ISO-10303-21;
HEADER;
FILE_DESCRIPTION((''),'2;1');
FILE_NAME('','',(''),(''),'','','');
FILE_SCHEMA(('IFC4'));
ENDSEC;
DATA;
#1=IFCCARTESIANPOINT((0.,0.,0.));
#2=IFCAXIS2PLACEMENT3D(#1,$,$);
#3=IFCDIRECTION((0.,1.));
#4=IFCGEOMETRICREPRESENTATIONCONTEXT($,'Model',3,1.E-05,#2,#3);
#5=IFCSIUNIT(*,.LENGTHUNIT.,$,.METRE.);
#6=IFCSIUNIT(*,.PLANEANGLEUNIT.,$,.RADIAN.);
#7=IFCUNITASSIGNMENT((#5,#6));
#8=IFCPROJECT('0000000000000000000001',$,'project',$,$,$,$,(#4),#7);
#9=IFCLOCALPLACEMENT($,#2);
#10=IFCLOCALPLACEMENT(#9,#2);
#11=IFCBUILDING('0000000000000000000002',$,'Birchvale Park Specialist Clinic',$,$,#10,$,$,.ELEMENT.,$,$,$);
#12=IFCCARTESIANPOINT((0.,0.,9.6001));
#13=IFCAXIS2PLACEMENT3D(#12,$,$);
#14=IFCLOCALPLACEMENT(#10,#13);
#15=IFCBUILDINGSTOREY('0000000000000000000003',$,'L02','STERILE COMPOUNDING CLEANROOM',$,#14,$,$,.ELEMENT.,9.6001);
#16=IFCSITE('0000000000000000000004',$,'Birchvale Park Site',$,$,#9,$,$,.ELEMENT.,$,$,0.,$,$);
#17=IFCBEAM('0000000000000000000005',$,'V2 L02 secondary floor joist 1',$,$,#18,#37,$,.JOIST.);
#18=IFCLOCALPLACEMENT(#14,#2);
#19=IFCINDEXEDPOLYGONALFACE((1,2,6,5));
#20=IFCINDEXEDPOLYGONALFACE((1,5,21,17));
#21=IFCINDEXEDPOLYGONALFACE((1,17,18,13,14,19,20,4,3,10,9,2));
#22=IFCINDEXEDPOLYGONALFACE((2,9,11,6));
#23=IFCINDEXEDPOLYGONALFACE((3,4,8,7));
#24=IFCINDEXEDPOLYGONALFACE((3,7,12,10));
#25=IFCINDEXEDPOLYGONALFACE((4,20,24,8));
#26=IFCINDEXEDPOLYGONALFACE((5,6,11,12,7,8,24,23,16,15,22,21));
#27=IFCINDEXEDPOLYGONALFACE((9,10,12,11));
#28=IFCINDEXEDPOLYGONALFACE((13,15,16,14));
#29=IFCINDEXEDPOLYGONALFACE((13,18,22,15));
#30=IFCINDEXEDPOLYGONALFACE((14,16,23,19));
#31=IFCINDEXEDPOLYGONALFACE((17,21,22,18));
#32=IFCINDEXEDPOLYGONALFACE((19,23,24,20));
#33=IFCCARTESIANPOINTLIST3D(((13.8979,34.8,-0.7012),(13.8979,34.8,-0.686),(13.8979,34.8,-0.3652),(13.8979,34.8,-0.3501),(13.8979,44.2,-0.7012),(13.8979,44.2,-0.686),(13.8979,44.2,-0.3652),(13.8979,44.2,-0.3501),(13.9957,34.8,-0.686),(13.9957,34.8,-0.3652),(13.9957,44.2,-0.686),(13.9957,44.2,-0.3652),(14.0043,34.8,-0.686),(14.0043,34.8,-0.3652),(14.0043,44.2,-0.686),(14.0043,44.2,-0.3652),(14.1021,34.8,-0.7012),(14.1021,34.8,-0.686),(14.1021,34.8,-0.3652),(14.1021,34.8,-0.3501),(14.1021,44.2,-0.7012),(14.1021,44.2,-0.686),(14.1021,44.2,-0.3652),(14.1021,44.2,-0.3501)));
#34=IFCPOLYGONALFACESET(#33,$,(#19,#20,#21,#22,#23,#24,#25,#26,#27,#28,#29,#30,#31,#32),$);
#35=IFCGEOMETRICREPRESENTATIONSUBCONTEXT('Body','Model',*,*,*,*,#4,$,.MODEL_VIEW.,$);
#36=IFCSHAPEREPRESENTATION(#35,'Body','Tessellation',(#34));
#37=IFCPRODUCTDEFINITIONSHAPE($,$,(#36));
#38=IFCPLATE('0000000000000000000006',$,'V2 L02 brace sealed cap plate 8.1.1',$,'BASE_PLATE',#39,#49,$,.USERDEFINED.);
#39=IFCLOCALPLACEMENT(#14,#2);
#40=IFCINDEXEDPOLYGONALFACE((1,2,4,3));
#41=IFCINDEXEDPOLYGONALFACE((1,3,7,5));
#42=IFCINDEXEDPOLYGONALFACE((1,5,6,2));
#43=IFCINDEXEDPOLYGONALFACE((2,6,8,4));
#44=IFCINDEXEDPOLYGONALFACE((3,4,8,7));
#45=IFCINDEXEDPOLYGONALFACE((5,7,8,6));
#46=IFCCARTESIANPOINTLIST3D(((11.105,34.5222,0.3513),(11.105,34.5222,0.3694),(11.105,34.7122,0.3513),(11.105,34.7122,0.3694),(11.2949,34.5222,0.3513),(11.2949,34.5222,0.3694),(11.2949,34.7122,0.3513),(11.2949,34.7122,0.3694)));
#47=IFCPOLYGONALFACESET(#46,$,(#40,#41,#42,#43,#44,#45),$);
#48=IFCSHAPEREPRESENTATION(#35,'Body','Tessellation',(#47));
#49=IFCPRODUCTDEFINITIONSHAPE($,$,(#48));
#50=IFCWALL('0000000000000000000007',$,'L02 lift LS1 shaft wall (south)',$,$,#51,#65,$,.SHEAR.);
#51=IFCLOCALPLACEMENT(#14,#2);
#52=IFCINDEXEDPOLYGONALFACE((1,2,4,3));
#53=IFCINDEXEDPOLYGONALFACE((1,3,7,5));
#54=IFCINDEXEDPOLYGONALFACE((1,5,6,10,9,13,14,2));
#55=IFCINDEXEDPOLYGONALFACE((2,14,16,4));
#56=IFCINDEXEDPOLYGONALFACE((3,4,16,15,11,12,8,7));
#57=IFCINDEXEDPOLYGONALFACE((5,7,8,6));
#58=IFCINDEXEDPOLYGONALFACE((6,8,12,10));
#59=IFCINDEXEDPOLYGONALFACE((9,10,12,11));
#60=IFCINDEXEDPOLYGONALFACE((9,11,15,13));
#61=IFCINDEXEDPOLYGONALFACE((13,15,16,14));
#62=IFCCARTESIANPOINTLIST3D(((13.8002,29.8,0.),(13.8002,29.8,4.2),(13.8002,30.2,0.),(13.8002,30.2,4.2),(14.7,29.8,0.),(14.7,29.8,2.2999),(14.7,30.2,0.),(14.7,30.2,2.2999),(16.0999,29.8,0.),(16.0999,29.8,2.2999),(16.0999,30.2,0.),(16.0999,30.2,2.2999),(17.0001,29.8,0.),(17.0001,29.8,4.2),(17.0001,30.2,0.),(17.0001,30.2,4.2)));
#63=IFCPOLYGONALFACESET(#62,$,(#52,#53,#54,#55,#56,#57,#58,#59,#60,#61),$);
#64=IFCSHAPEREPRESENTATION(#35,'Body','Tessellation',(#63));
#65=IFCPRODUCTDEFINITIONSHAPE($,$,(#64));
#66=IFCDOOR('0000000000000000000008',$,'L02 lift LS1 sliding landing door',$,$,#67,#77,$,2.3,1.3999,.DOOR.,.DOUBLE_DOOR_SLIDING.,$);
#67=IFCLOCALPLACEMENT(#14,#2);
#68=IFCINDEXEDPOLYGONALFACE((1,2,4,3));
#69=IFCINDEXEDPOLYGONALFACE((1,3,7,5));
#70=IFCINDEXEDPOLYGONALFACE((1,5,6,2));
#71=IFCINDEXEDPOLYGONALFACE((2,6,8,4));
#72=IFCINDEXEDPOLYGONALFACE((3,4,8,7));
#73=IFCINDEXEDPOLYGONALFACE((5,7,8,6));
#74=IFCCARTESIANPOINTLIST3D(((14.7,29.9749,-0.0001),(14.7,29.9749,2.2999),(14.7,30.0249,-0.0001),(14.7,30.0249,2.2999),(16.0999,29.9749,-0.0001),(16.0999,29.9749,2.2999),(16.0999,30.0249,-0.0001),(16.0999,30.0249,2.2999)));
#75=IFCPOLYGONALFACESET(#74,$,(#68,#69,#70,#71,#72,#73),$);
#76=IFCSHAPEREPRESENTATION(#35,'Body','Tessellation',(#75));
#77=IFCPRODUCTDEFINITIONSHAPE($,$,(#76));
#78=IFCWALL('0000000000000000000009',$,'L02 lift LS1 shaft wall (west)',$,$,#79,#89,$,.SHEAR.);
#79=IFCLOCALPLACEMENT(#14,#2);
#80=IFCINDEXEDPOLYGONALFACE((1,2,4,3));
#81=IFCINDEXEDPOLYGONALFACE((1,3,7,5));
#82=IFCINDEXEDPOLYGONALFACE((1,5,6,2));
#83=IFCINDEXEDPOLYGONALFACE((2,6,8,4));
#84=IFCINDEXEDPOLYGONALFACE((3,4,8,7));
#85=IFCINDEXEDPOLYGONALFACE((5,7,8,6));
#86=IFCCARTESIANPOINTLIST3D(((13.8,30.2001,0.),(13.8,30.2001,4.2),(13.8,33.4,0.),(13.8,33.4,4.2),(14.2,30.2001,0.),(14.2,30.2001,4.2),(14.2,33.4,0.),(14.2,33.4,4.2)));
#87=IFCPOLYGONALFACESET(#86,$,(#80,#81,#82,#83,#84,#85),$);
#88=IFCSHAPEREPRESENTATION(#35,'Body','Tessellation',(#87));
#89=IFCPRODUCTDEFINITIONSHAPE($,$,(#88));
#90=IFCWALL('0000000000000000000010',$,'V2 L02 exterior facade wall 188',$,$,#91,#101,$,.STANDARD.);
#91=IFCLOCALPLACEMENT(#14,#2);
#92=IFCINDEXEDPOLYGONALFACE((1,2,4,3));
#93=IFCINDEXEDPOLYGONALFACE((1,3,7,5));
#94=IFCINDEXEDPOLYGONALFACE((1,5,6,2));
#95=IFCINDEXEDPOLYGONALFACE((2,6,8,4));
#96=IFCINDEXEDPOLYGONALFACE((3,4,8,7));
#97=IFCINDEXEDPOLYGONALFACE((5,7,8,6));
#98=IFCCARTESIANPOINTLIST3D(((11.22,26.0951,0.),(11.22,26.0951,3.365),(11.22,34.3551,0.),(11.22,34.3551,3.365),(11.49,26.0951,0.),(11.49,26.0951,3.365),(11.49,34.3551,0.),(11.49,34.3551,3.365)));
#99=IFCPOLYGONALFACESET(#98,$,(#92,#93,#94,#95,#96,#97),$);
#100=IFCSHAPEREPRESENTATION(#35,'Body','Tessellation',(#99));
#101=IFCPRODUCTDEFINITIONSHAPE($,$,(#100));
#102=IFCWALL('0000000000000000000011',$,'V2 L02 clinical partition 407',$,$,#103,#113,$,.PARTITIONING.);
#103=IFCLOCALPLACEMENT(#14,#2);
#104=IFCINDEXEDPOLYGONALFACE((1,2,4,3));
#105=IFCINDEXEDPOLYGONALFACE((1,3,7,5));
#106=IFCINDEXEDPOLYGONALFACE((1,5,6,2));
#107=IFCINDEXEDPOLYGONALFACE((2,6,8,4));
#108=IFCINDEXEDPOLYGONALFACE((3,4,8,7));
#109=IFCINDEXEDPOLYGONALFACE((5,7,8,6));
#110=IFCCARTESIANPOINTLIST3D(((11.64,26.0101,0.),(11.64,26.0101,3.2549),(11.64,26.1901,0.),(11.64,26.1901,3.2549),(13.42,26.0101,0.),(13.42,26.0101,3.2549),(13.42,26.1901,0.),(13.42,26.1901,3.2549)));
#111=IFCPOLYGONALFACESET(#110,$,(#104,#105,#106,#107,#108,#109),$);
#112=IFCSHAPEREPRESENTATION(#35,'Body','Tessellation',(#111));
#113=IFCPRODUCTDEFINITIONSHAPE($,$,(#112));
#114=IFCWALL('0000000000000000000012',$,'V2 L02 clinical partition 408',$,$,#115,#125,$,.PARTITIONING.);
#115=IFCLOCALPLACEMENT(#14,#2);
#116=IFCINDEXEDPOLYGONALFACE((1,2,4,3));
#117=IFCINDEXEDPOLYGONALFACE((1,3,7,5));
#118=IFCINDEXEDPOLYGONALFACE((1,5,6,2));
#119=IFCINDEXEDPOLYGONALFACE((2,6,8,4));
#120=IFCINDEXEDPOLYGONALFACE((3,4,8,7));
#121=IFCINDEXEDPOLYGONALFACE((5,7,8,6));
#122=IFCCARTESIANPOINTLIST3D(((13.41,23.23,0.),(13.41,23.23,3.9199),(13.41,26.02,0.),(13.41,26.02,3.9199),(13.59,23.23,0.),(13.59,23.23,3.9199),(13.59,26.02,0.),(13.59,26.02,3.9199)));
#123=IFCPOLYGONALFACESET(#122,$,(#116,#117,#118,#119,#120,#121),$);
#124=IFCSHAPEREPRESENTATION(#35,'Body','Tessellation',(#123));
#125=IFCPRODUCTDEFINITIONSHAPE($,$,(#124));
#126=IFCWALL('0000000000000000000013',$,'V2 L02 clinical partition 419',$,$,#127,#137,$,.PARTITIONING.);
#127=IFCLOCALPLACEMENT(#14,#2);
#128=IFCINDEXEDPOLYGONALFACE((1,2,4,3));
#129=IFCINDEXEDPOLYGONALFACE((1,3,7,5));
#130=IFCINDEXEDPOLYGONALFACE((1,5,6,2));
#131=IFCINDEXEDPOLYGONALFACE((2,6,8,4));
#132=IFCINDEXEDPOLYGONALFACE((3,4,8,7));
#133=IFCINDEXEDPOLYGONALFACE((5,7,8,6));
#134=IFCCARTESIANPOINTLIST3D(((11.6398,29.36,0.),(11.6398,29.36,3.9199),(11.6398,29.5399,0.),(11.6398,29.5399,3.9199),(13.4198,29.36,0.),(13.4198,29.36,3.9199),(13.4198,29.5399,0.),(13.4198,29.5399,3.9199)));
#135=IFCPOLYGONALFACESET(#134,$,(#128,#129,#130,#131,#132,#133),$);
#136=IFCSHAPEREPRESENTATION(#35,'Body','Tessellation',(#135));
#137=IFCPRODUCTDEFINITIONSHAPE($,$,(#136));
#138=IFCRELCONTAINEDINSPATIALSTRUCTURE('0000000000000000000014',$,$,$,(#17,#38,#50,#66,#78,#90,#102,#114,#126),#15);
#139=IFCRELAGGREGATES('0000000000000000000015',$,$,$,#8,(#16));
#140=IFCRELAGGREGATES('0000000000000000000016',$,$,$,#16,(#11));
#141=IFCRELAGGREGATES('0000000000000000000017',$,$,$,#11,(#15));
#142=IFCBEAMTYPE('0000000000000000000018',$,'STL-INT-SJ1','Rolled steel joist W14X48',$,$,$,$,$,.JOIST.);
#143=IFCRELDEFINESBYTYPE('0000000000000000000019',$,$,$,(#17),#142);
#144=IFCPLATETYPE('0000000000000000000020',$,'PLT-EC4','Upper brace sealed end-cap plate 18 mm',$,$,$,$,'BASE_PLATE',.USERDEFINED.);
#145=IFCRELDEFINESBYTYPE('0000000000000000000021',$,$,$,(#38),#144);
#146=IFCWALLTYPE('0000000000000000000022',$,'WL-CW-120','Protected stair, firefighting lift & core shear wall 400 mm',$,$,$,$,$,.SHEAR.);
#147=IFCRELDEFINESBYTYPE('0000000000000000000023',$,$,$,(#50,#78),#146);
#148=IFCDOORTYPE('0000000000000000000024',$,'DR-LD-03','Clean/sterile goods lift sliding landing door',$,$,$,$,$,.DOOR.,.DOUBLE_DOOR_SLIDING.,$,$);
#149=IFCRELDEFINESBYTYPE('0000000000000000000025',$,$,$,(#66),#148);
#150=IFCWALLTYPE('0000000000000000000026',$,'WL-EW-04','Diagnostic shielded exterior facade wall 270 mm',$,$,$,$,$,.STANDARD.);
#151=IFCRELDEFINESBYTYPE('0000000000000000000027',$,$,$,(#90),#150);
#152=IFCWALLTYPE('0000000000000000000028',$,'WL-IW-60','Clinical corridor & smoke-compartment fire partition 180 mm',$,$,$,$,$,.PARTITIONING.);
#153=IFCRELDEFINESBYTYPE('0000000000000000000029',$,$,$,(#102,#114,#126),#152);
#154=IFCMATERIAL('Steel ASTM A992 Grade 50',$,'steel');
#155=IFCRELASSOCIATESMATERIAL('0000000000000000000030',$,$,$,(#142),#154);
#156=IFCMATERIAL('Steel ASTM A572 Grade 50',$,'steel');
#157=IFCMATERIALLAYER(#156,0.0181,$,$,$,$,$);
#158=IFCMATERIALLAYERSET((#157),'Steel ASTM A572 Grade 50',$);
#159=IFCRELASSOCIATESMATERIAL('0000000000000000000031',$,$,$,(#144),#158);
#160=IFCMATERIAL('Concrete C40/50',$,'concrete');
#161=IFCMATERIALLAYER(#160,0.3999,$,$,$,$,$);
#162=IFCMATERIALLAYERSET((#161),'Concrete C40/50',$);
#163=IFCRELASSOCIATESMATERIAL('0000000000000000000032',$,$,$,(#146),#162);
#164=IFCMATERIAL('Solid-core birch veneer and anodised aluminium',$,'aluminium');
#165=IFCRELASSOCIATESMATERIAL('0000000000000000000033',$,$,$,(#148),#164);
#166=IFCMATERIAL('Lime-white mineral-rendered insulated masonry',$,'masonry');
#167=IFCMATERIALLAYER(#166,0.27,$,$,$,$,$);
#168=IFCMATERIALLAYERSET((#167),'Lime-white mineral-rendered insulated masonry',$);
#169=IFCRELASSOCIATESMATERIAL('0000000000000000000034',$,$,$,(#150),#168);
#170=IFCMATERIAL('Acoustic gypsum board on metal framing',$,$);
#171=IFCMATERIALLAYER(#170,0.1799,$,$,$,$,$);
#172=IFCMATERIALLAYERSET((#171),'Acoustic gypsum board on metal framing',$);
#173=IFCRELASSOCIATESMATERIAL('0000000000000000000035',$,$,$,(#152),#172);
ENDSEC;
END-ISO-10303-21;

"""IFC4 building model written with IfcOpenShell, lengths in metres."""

from ifc_helpers import new_model, si_unit, direction, frame, frame_2d, origin, origin_2d, place, context, subcontext, project, spatial, rectangle, i_section, extrude, material, layer, layer_set, material_profile, profile_set, type_object, element, fill, save


model = new_model("IFC4")

# Units and contexts
model_context = context("Model", 3, precision=1e-05, world=origin(), true_north=direction((0.0, 1.0)))
body_context = subcontext(model_context, "Body", "Model", "MODEL_VIEW")
ifc_project = project(units=[si_unit("LENGTHUNIT", "METRE"), si_unit("PLANEANGLEUNIT", "RADIAN")], contexts=[model_context])

# Site, building, storey
site_placement = place(None, origin())
site = spatial("IfcSite", under=ifc_project, at=site_placement, Name="Birchvale Park Site", CompositionType="ELEMENT", RefElevation=0.0)
building_placement = place(site_placement, origin())
building = spatial("IfcBuilding", under=site, at=building_placement, Name="Birchvale Park Specialist Clinic", CompositionType="ELEMENT")
storey_placement = place(building_placement, frame((0.0, 0.0, 9.6001)))
storey = spatial("IfcBuildingStorey", under=building, at=storey_placement, Name="L02", Description="STERILE COMPOUNDING CLEANROOM", CompositionType="ELEMENT", Elevation=9.6001)

# Shared definitions
ifc_material_1 = material(Name="Concrete C40/50", Category="concrete")

# Beam
ifc_material_2 = material(Name="Steel ASTM A992 Grade 50", Category="steel")
ifc_material_profile_1 = material_profile(ifc_material_2, i_section(OverallWidth=0.2041, OverallDepth=0.3511, WebThickness=0.0085, FlangeThickness=0.0151, at=origin_2d()), Name="W14X48")
ifc_profile_set_1 = profile_set([ifc_material_profile_1], Name="Steel ASTM A992 Grade 50")
beam_type_1 = type_object("IfcBeamType", Name="STL-INT-SJ1", Description="Rolled steel joist W14X48", PredefinedType="JOIST", material=ifc_profile_set_1)
beam_1_placement = place(storey_placement, frame((14.0, 34.8, -0.5256), z_axis=(0.0, 1.0, 0.0), x_axis=(-1.0, 0.0, 0.0)))
element("IfcBeam", 1, at=beam_1_placement, inside=storey, type_object=beam_type_1, Name="V2 L02 secondary floor joist 1", PredefinedType="JOIST", context=body_context, shape_type="SweptSolid", body=[
    extrude(i_section(OverallWidth=0.2041, OverallDepth=0.3511, WebThickness=0.0085, FlangeThickness=0.0151, at=origin_2d()), origin(), (0.0, 0.0, 1.0), 9.3999),
])

# Plate
ifc_material_3 = material(Name="Steel ASTM A572 Grade 50", Category="steel")
ifc_layer_1 = layer(ifc_material_3, 0.0181)
ifc_layer_set_1 = layer_set([ifc_layer_1], Name="Steel ASTM A572 Grade 50")
plate_type = type_object("IfcPlateType", Name="PLT-EC4", Description="Upper brace sealed end-cap plate 18 mm", ElementType="BASE_PLATE", PredefinedType="USERDEFINED", material=ifc_layer_set_1)
plate_placement = place(storey_placement, frame((11.2, 34.6172, 0.3513), z_axis=(0.0, 0.0, 1.0), x_axis=(1.0, 0.0, 0.0)))
element("IfcPlate", 2, at=plate_placement, inside=storey, type_object=plate_type, Name="V2 L02 brace sealed cap plate 8.1.1", ObjectType="BASE_PLATE", PredefinedType="USERDEFINED", context=body_context, shape_type="SweptSolid", body=[
    extrude(rectangle(XDim=0.1899, YDim=0.1899, at=origin_2d()), origin(), (0.0, 0.0, 1.0), 0.0181),
])

# Wall, opening, door
ifc_layer_2 = layer(ifc_material_1, 0.3999)
ifc_layer_set_2 = layer_set([ifc_layer_2], Name="Concrete C40/50")
wall_type_1 = type_object("IfcWallType", Name="WL-CW-120", Description="Protected stair, firefighting lift & core shear wall 400 mm", PredefinedType="SHEAR", material=ifc_layer_set_2)
wall_1_placement = place(storey_placement, frame((13.8, 30.0, 0.0), z_axis=(0.0, 0.0, 1.0), x_axis=(1.0, 0.0, 0.0)))
wall_1 = element("IfcWall", 3, at=wall_1_placement, inside=storey, type_object=wall_type_1, Name="L02 lift LS1 shaft wall (south)", PredefinedType="SHEAR", context=body_context, shape_type="SweptSolid", body=[
    extrude(rectangle(XDim=3.2, YDim=0.3999, at=frame_2d((1.6001, 0.0))), origin(), (0.0, 0.0, 1.0), 4.2),
])
opening_placement = place(wall_1_placement, frame((0.8999, 0.0, 0.0)))
opening = element("IfcOpeningElement", 4, at=opening_placement, cuts=wall_1, PredefinedType="OPENING", context=body_context, shape_type="SweptSolid", body=[
    extrude(rectangle(XDim=1.3999, YDim=2.3, at=frame_2d((0.7, 1.1499))), frame((0.0, 0.21, 0.0), z_axis=(0.0, -1.0, 0.0), x_axis=(1.0, 0.0, 0.0)), (0.0, 0.0, 1.0), 0.4199),
])
ifc_material_4 = material(Name="Solid-core birch veneer and anodised aluminium", Category="aluminium")
door_type = type_object("IfcDoorType", Name="DR-LD-03", Description="Clean/sterile goods lift sliding landing door", OperationType="DOUBLE_DOOR_SLIDING", PredefinedType="DOOR", material=ifc_material_4)
door_placement = place(opening_placement, origin())
door = element("IfcDoor", 5, at=door_placement, inside=storey, type_object=door_type, Name="L02 lift LS1 sliding landing door", OperationType="DOUBLE_DOOR_SLIDING", OverallHeight=2.3, OverallWidth=1.3999, PredefinedType="DOOR", context=body_context, shape_type="SweptSolid", body=[
    extrude(rectangle(XDim=1.3999, YDim=2.3, at=frame_2d((0.7, 1.1499))), frame((0.0, 0.0249, 0.0), z_axis=(0.0, -1.0, 0.0), x_axis=(1.0, 0.0, 0.0)), (0.0, 0.0, 1.0), 0.05),
])
fill(opening, door)

# Walls
wall_2_placement = place(storey_placement, frame((14.0, 30.2, 0.0), z_axis=(0.0, 0.0, 1.0), x_axis=(0.0, 1.0, 0.0)))
element("IfcWall", 6, at=wall_2_placement, inside=storey, type_object=wall_type_1, Name="L02 lift LS1 shaft wall (west)", PredefinedType="SHEAR", context=body_context, shape_type="SweptSolid", body=[
    extrude(rectangle(XDim=3.2, YDim=0.3999, at=frame_2d((1.6001, 0.0))), origin(), (0.0, 0.0, 1.0), 4.2),
])
ifc_material_5 = material(Name="Lime-white mineral-rendered insulated masonry", Category="masonry")
ifc_layer_3 = layer(ifc_material_5, 0.27)
ifc_layer_set_3 = layer_set([ifc_layer_3], Name="Lime-white mineral-rendered insulated masonry")
wall_type_2 = type_object("IfcWallType", Name="WL-EW-04", Description="Diagnostic shielded exterior facade wall 270 mm", PredefinedType="STANDARD", material=ifc_layer_set_3)
wall_3_placement = place(storey_placement, frame((11.355, 34.355, 0.0), z_axis=(0.0, 0.0, 1.0), x_axis=(0.0, -1.0, 0.0)))
element("IfcWall", 7, at=wall_3_placement, inside=storey, type_object=wall_type_2, Name="V2 L02 exterior facade wall 188", PredefinedType="STANDARD", context=body_context, shape_type="SweptSolid", body=[
    extrude(rectangle(XDim=8.26, YDim=0.27, at=frame_2d((4.1299, 0.0))), origin(), (0.0, 0.0, 1.0), 3.365),
])
ifc_material_6 = material(Name="Acoustic gypsum board on metal framing")
ifc_layer_4 = layer(ifc_material_6, 0.1799)
ifc_layer_set_4 = layer_set([ifc_layer_4], Name="Acoustic gypsum board on metal framing")
wall_type_3 = type_object("IfcWallType", Name="WL-IW-60", Description="Clinical corridor & smoke-compartment fire partition 180 mm", PredefinedType="PARTITIONING", material=ifc_layer_set_4)
wall_4_placement = place(storey_placement, frame((11.6399, 26.1001, 0.0), z_axis=(0.0, 0.0, 1.0), x_axis=(1.0, 0.0, 0.0)))
element("IfcWall", 8, at=wall_4_placement, inside=storey, type_object=wall_type_3, Name="V2 L02 clinical partition 407", PredefinedType="PARTITIONING", context=body_context, shape_type="SweptSolid", body=[
    extrude(rectangle(XDim=1.78, YDim=0.1799, at=frame_2d((0.8901, 0.0))), origin(), (0.0, 0.0, 1.0), 3.2549),
])
wall_5_placement = place(storey_placement, frame((13.5, 26.02, 0.0), z_axis=(0.0, 0.0, 1.0), x_axis=(0.0, -1.0, 0.0)))
element("IfcWall", 9, at=wall_5_placement, inside=storey, type_object=wall_type_3, Name="V2 L02 clinical partition 408", PredefinedType="PARTITIONING", context=body_context, shape_type="SweptSolid", body=[
    extrude(rectangle(XDim=2.79, YDim=0.1799, at=frame_2d((1.395, 0.0))), origin(), (0.0, 0.0, 1.0), 3.9199),
])
wall_6_placement = place(storey_placement, frame((13.4199, 29.45, 0.0), z_axis=(0.0, 0.0, 1.0), x_axis=(-1.0, 0.0, 0.0)))
element("IfcWall", 10, at=wall_6_placement, inside=storey, type_object=wall_type_3, Name="V2 L02 clinical partition 419", PredefinedType="PARTITIONING", context=body_context, shape_type="SweptSolid", body=[
    extrude(rectangle(XDim=1.78, YDim=0.1799, at=frame_2d((0.8901, 0.0))), origin(), (0.0, 0.0, 1.0), 3.9199),
])

save(model, "model.ifc")
